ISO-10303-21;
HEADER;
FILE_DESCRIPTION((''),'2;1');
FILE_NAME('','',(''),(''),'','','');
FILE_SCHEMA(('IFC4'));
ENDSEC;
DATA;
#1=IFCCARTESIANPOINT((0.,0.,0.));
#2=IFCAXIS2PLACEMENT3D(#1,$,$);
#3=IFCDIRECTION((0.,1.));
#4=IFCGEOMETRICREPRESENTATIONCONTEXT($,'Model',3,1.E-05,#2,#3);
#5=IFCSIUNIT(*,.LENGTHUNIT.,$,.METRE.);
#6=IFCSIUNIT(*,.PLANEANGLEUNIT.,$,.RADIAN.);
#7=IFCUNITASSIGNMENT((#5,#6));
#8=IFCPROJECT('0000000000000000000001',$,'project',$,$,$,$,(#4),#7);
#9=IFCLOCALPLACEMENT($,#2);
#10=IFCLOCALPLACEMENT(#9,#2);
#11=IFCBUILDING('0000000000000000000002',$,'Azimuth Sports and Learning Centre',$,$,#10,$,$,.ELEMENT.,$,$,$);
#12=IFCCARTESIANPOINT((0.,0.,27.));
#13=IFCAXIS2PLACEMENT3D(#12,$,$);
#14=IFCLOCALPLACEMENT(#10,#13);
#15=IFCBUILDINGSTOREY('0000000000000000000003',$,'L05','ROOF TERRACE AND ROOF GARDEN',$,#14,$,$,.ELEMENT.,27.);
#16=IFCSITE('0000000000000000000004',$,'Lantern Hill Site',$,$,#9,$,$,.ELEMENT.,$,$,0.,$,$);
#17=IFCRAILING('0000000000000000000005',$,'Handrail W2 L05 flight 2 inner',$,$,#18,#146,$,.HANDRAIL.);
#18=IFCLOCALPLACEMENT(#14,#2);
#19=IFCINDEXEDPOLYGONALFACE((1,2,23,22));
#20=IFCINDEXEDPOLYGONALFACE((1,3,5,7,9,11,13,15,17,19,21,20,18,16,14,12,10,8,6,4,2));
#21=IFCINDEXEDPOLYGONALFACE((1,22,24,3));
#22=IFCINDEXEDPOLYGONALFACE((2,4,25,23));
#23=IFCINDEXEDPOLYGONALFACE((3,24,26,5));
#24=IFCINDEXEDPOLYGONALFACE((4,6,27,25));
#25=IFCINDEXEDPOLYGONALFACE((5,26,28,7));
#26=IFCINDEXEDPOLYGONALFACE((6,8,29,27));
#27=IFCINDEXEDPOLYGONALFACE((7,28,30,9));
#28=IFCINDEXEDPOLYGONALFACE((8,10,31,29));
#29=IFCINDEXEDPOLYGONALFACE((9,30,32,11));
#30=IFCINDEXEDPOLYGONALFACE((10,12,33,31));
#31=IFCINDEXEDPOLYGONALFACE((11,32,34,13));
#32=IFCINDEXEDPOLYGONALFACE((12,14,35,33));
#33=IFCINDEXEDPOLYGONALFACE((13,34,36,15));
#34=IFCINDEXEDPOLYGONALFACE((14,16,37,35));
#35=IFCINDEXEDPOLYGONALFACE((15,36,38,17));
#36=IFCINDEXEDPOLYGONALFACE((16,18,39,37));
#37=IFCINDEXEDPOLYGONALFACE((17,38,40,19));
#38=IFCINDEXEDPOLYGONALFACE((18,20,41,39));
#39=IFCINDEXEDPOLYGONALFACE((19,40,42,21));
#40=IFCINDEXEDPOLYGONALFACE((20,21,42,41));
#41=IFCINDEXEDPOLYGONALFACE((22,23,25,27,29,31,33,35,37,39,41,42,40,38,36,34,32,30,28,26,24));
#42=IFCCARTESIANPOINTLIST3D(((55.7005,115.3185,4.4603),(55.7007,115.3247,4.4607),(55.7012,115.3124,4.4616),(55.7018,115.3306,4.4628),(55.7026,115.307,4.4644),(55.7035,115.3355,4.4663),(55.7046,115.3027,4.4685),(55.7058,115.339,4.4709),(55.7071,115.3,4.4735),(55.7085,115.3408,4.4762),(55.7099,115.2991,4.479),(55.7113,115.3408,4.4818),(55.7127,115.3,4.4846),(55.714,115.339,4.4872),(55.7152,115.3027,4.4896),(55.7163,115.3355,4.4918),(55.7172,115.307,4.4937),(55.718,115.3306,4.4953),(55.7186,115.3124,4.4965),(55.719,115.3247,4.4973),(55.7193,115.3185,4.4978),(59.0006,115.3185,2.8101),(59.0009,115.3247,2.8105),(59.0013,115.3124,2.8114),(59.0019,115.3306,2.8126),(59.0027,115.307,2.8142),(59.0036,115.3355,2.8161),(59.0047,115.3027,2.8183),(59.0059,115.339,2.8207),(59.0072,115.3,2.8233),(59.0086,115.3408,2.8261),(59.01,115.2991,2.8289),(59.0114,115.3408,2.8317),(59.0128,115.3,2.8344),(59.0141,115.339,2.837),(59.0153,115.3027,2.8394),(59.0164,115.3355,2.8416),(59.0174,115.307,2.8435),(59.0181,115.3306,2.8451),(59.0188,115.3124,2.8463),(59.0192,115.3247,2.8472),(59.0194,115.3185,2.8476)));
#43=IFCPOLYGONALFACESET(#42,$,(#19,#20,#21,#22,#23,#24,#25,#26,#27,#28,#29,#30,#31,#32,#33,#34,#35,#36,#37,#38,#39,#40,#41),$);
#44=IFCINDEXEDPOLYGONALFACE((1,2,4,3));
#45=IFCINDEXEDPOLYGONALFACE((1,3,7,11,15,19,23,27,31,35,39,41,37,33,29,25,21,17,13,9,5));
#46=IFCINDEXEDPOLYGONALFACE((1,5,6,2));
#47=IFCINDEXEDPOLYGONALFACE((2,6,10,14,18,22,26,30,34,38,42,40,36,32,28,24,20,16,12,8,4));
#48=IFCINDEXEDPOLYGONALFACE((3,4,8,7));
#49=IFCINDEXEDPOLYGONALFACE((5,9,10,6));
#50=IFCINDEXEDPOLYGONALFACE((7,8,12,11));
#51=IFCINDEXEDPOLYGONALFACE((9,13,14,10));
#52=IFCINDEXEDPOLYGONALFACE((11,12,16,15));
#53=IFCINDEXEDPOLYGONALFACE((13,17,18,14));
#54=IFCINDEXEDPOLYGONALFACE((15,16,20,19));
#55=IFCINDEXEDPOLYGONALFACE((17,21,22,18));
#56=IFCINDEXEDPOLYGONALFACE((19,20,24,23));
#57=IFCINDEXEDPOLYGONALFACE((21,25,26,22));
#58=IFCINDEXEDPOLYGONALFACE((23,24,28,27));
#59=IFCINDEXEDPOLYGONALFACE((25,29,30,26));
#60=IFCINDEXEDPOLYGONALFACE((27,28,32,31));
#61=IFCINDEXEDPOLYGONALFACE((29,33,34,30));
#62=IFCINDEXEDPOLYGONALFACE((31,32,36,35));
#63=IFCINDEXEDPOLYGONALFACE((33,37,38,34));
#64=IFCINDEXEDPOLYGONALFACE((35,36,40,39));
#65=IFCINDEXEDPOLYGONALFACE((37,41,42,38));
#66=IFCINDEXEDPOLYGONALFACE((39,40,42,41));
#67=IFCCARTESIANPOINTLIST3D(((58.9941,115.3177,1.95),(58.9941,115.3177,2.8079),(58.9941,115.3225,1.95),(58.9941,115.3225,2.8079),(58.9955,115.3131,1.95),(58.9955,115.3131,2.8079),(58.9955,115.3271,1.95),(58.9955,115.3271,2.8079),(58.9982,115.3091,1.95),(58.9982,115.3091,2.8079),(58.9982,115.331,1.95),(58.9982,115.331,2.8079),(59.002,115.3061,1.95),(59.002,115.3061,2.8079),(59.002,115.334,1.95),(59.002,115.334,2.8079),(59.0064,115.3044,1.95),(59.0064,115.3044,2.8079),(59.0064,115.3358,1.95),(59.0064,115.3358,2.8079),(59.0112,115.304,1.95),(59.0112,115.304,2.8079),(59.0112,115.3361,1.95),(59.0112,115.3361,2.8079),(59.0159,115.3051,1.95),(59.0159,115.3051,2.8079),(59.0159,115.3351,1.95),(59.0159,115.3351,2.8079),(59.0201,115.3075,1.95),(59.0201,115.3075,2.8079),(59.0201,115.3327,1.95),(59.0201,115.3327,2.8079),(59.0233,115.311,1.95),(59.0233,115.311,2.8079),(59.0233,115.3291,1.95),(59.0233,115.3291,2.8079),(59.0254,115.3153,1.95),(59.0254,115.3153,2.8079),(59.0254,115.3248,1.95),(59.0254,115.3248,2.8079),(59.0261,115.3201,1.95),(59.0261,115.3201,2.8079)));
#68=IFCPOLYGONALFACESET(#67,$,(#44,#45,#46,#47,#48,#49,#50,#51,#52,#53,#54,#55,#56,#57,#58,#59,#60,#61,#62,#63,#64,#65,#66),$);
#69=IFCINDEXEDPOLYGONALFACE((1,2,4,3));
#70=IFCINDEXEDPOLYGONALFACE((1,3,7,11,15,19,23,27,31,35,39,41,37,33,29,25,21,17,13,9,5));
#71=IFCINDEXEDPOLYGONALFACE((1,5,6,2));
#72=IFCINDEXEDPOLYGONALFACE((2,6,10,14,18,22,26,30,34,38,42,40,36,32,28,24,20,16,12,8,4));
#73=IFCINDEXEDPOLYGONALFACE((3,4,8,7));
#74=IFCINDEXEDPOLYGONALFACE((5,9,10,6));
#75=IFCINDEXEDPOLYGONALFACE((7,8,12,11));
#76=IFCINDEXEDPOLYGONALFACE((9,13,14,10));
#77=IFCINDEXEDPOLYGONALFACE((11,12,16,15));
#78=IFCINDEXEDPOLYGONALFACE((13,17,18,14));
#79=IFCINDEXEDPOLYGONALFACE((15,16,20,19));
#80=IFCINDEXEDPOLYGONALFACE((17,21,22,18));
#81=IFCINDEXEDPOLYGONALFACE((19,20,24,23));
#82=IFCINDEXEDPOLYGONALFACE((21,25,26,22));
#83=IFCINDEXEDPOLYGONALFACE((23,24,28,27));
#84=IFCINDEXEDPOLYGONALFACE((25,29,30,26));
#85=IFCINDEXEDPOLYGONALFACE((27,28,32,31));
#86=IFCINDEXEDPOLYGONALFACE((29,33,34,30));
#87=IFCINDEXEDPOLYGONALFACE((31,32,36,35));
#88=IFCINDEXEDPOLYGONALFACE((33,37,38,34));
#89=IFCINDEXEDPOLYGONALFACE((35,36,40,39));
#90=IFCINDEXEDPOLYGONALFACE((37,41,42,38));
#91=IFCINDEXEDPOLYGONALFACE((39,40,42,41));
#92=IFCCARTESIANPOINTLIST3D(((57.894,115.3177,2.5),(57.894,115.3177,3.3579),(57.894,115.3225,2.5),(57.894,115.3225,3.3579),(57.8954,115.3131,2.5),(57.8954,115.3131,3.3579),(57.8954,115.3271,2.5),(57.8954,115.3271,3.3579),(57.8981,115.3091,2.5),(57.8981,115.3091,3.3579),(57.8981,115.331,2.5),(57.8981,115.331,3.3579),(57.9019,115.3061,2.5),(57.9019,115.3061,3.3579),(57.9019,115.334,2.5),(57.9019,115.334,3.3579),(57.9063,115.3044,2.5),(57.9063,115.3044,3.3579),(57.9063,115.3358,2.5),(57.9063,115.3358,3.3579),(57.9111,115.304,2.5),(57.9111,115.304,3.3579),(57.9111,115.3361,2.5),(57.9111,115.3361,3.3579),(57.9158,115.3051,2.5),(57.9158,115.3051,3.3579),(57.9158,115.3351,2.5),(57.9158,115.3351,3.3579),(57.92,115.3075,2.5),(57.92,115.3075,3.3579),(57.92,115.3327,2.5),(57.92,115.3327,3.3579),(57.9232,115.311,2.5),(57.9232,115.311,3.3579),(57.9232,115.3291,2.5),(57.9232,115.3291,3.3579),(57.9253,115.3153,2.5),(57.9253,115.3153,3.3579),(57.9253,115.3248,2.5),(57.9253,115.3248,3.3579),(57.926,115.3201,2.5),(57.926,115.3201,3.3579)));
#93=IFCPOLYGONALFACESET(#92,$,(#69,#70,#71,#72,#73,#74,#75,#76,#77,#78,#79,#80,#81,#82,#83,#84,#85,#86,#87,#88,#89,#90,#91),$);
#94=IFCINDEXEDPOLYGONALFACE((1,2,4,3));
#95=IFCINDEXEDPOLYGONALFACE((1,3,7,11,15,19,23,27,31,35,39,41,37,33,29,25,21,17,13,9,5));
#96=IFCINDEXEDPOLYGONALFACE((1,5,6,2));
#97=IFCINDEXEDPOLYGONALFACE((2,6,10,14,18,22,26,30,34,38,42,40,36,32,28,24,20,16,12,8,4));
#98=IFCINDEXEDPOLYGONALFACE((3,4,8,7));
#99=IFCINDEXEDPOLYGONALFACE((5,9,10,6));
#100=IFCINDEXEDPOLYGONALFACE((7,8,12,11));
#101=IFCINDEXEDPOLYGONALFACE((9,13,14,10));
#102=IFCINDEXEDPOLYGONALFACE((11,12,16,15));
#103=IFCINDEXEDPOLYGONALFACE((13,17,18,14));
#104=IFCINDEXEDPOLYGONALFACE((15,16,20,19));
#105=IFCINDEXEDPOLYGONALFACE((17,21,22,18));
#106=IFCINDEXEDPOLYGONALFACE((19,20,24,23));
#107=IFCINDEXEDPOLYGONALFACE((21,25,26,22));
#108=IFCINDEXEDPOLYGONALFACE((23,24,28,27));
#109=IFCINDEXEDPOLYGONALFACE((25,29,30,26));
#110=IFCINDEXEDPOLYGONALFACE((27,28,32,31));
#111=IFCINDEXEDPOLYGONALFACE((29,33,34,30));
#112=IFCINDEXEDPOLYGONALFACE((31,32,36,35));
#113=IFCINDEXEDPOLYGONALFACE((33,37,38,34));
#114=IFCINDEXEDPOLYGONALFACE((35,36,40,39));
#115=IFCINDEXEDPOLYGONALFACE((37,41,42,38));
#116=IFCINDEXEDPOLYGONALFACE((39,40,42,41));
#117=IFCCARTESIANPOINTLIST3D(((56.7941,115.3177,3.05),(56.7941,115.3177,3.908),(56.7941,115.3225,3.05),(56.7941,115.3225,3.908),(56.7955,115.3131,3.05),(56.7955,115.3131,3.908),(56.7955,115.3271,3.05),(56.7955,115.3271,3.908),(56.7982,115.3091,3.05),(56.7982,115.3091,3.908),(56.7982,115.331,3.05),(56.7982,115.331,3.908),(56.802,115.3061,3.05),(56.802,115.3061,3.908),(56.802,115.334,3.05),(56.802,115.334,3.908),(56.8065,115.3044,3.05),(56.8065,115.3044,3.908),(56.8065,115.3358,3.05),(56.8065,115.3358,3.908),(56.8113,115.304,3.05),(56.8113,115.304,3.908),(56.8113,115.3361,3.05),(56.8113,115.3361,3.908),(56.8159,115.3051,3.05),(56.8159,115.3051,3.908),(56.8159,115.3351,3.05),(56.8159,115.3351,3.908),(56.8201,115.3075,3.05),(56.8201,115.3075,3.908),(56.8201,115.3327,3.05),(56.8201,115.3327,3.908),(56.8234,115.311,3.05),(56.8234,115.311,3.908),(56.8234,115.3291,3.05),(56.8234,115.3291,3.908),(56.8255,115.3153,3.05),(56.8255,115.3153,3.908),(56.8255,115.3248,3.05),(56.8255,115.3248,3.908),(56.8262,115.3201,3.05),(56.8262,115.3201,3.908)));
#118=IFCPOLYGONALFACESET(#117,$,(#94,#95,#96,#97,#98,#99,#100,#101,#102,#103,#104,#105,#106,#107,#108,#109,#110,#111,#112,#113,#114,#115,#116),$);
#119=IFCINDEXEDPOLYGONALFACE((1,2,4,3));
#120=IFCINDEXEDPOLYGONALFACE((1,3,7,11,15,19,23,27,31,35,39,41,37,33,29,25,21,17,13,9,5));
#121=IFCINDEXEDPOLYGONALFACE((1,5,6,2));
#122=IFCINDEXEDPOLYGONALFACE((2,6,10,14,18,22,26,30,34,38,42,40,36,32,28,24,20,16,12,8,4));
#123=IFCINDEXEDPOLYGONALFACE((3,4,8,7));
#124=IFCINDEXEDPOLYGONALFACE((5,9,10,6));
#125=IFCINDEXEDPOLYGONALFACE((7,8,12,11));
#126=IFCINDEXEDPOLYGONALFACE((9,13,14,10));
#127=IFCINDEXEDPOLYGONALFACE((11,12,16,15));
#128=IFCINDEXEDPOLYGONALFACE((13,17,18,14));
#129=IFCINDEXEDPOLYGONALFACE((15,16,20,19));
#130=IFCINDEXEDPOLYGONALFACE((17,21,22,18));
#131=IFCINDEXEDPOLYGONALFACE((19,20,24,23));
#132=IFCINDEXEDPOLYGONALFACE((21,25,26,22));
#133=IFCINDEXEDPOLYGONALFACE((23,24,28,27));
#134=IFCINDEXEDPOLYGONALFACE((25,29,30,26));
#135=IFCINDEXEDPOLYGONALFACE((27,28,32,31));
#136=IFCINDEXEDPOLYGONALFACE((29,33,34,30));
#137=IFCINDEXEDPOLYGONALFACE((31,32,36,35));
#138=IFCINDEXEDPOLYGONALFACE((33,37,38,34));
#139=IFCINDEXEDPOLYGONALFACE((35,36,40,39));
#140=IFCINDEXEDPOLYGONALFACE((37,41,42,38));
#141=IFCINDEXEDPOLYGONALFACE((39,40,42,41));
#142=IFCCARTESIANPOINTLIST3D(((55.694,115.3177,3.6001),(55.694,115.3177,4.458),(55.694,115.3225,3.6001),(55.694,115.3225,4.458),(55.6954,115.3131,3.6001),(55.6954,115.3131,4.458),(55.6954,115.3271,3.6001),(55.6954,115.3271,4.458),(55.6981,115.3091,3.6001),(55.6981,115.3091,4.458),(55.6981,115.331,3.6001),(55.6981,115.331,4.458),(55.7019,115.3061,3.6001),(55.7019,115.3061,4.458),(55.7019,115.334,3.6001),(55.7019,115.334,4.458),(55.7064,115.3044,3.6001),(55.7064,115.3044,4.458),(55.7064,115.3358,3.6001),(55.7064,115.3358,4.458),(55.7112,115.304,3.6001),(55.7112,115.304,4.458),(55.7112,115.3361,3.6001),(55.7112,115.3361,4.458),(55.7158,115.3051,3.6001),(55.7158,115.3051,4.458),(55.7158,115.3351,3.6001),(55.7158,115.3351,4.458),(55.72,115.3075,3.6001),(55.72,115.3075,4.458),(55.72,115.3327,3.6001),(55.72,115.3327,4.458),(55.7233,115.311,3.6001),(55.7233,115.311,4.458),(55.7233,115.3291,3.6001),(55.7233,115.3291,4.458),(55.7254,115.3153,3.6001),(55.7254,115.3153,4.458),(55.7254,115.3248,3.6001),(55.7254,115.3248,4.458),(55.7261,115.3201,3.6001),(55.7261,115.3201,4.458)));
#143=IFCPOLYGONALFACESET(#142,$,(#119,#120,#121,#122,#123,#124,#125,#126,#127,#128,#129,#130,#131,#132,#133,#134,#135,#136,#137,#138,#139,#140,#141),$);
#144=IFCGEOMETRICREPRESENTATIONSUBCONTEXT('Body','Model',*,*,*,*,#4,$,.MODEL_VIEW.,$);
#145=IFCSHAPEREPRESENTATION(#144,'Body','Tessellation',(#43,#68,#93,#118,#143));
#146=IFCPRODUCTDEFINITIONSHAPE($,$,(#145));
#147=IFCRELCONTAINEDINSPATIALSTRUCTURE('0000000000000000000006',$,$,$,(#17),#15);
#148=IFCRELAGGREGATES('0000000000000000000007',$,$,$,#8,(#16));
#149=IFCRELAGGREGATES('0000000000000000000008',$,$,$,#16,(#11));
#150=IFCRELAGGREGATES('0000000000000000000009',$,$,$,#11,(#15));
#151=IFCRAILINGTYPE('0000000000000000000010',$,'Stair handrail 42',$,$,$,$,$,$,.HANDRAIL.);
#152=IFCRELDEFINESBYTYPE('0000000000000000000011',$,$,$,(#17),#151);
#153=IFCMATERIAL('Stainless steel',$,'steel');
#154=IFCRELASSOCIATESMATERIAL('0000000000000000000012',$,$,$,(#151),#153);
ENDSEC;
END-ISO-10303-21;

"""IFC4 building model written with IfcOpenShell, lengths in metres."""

from ifc_helpers import new_model, si_unit, direction, frame, origin, origin_2d, place, context, subcontext, project, spatial, circle, extrude, material, type_object, element, save


model = new_model("IFC4")

# Units and contexts
model_context = context("Model", 3, precision=1e-05, world=origin(), true_north=direction((0.0, 1.0)))
body_context = subcontext(model_context, "Body", "Model", "MODEL_VIEW")
ifc_project = project(units=[si_unit("LENGTHUNIT", "METRE"), si_unit("PLANEANGLEUNIT", "RADIAN")], contexts=[model_context])

# Site, building, storey
site_placement = place(None, origin())
site = spatial("IfcSite", under=ifc_project, at=site_placement, Name="Lantern Hill Site", CompositionType="ELEMENT", RefElevation=0.0)
building_placement = place(site_placement, origin())
building = spatial("IfcBuilding", under=site, at=building_placement, Name="Azimuth Sports and Learning Centre", CompositionType="ELEMENT")
storey_placement = place(building_placement, frame((0.0, 0.0, 27.0)))
storey = spatial("IfcBuildingStorey", under=building, at=storey_placement, Name="L05", Description="ROOF TERRACE AND ROOF GARDEN", CompositionType="ELEMENT", Elevation=27.0)

# Railing
ifc_material_1 = material(Name="Stainless steel", Category="steel")
railing_type_1 = type_object("IfcRailingType", Name="Stair handrail 42", PredefinedType="HANDRAIL", material=ifc_material_1)
for number, where, name in (
    (1, (59.01, 115.3201, 1.95), "Handrail W2 L05 flight 2 inner"),
):
    element("IfcRailing", number, at=place(storey_placement, frame(where)), inside=storey, type_object=railing_type_1, Name=name, PredefinedType="HANDRAIL", context=body_context, shape_type="SweptSolid", body=[
        extrude(circle(Radius=0.021, at=origin_2d()), frame((0.0, 0.0, 0.8789), z_axis=(-0.894414, 0.0, 0.44724), x_axis=(0.0, -1.0, 0.0)), (0.0, 0.0, 1.0), 3.6897),
        extrude(circle(Radius=0.0161, at=origin_2d()), origin(), (0.0, 0.0, 1.0), 0.8579),
        extrude(circle(Radius=0.0161, at=origin_2d()), frame((-1.1001, 0.0, 0.55)), (0.0, 0.0, 1.0), 0.8579),
        extrude(circle(Radius=0.0161, at=origin_2d()), frame((-2.2, 0.0, 1.1001)), (0.0, 0.0, 1.0), 0.8579),
        extrude(circle(Radius=0.0161, at=origin_2d()), frame((-3.3, 0.0, 1.6501)), (0.0, 0.0, 1.0), 0.8579),
    ])

save(model, "model.ifc")
